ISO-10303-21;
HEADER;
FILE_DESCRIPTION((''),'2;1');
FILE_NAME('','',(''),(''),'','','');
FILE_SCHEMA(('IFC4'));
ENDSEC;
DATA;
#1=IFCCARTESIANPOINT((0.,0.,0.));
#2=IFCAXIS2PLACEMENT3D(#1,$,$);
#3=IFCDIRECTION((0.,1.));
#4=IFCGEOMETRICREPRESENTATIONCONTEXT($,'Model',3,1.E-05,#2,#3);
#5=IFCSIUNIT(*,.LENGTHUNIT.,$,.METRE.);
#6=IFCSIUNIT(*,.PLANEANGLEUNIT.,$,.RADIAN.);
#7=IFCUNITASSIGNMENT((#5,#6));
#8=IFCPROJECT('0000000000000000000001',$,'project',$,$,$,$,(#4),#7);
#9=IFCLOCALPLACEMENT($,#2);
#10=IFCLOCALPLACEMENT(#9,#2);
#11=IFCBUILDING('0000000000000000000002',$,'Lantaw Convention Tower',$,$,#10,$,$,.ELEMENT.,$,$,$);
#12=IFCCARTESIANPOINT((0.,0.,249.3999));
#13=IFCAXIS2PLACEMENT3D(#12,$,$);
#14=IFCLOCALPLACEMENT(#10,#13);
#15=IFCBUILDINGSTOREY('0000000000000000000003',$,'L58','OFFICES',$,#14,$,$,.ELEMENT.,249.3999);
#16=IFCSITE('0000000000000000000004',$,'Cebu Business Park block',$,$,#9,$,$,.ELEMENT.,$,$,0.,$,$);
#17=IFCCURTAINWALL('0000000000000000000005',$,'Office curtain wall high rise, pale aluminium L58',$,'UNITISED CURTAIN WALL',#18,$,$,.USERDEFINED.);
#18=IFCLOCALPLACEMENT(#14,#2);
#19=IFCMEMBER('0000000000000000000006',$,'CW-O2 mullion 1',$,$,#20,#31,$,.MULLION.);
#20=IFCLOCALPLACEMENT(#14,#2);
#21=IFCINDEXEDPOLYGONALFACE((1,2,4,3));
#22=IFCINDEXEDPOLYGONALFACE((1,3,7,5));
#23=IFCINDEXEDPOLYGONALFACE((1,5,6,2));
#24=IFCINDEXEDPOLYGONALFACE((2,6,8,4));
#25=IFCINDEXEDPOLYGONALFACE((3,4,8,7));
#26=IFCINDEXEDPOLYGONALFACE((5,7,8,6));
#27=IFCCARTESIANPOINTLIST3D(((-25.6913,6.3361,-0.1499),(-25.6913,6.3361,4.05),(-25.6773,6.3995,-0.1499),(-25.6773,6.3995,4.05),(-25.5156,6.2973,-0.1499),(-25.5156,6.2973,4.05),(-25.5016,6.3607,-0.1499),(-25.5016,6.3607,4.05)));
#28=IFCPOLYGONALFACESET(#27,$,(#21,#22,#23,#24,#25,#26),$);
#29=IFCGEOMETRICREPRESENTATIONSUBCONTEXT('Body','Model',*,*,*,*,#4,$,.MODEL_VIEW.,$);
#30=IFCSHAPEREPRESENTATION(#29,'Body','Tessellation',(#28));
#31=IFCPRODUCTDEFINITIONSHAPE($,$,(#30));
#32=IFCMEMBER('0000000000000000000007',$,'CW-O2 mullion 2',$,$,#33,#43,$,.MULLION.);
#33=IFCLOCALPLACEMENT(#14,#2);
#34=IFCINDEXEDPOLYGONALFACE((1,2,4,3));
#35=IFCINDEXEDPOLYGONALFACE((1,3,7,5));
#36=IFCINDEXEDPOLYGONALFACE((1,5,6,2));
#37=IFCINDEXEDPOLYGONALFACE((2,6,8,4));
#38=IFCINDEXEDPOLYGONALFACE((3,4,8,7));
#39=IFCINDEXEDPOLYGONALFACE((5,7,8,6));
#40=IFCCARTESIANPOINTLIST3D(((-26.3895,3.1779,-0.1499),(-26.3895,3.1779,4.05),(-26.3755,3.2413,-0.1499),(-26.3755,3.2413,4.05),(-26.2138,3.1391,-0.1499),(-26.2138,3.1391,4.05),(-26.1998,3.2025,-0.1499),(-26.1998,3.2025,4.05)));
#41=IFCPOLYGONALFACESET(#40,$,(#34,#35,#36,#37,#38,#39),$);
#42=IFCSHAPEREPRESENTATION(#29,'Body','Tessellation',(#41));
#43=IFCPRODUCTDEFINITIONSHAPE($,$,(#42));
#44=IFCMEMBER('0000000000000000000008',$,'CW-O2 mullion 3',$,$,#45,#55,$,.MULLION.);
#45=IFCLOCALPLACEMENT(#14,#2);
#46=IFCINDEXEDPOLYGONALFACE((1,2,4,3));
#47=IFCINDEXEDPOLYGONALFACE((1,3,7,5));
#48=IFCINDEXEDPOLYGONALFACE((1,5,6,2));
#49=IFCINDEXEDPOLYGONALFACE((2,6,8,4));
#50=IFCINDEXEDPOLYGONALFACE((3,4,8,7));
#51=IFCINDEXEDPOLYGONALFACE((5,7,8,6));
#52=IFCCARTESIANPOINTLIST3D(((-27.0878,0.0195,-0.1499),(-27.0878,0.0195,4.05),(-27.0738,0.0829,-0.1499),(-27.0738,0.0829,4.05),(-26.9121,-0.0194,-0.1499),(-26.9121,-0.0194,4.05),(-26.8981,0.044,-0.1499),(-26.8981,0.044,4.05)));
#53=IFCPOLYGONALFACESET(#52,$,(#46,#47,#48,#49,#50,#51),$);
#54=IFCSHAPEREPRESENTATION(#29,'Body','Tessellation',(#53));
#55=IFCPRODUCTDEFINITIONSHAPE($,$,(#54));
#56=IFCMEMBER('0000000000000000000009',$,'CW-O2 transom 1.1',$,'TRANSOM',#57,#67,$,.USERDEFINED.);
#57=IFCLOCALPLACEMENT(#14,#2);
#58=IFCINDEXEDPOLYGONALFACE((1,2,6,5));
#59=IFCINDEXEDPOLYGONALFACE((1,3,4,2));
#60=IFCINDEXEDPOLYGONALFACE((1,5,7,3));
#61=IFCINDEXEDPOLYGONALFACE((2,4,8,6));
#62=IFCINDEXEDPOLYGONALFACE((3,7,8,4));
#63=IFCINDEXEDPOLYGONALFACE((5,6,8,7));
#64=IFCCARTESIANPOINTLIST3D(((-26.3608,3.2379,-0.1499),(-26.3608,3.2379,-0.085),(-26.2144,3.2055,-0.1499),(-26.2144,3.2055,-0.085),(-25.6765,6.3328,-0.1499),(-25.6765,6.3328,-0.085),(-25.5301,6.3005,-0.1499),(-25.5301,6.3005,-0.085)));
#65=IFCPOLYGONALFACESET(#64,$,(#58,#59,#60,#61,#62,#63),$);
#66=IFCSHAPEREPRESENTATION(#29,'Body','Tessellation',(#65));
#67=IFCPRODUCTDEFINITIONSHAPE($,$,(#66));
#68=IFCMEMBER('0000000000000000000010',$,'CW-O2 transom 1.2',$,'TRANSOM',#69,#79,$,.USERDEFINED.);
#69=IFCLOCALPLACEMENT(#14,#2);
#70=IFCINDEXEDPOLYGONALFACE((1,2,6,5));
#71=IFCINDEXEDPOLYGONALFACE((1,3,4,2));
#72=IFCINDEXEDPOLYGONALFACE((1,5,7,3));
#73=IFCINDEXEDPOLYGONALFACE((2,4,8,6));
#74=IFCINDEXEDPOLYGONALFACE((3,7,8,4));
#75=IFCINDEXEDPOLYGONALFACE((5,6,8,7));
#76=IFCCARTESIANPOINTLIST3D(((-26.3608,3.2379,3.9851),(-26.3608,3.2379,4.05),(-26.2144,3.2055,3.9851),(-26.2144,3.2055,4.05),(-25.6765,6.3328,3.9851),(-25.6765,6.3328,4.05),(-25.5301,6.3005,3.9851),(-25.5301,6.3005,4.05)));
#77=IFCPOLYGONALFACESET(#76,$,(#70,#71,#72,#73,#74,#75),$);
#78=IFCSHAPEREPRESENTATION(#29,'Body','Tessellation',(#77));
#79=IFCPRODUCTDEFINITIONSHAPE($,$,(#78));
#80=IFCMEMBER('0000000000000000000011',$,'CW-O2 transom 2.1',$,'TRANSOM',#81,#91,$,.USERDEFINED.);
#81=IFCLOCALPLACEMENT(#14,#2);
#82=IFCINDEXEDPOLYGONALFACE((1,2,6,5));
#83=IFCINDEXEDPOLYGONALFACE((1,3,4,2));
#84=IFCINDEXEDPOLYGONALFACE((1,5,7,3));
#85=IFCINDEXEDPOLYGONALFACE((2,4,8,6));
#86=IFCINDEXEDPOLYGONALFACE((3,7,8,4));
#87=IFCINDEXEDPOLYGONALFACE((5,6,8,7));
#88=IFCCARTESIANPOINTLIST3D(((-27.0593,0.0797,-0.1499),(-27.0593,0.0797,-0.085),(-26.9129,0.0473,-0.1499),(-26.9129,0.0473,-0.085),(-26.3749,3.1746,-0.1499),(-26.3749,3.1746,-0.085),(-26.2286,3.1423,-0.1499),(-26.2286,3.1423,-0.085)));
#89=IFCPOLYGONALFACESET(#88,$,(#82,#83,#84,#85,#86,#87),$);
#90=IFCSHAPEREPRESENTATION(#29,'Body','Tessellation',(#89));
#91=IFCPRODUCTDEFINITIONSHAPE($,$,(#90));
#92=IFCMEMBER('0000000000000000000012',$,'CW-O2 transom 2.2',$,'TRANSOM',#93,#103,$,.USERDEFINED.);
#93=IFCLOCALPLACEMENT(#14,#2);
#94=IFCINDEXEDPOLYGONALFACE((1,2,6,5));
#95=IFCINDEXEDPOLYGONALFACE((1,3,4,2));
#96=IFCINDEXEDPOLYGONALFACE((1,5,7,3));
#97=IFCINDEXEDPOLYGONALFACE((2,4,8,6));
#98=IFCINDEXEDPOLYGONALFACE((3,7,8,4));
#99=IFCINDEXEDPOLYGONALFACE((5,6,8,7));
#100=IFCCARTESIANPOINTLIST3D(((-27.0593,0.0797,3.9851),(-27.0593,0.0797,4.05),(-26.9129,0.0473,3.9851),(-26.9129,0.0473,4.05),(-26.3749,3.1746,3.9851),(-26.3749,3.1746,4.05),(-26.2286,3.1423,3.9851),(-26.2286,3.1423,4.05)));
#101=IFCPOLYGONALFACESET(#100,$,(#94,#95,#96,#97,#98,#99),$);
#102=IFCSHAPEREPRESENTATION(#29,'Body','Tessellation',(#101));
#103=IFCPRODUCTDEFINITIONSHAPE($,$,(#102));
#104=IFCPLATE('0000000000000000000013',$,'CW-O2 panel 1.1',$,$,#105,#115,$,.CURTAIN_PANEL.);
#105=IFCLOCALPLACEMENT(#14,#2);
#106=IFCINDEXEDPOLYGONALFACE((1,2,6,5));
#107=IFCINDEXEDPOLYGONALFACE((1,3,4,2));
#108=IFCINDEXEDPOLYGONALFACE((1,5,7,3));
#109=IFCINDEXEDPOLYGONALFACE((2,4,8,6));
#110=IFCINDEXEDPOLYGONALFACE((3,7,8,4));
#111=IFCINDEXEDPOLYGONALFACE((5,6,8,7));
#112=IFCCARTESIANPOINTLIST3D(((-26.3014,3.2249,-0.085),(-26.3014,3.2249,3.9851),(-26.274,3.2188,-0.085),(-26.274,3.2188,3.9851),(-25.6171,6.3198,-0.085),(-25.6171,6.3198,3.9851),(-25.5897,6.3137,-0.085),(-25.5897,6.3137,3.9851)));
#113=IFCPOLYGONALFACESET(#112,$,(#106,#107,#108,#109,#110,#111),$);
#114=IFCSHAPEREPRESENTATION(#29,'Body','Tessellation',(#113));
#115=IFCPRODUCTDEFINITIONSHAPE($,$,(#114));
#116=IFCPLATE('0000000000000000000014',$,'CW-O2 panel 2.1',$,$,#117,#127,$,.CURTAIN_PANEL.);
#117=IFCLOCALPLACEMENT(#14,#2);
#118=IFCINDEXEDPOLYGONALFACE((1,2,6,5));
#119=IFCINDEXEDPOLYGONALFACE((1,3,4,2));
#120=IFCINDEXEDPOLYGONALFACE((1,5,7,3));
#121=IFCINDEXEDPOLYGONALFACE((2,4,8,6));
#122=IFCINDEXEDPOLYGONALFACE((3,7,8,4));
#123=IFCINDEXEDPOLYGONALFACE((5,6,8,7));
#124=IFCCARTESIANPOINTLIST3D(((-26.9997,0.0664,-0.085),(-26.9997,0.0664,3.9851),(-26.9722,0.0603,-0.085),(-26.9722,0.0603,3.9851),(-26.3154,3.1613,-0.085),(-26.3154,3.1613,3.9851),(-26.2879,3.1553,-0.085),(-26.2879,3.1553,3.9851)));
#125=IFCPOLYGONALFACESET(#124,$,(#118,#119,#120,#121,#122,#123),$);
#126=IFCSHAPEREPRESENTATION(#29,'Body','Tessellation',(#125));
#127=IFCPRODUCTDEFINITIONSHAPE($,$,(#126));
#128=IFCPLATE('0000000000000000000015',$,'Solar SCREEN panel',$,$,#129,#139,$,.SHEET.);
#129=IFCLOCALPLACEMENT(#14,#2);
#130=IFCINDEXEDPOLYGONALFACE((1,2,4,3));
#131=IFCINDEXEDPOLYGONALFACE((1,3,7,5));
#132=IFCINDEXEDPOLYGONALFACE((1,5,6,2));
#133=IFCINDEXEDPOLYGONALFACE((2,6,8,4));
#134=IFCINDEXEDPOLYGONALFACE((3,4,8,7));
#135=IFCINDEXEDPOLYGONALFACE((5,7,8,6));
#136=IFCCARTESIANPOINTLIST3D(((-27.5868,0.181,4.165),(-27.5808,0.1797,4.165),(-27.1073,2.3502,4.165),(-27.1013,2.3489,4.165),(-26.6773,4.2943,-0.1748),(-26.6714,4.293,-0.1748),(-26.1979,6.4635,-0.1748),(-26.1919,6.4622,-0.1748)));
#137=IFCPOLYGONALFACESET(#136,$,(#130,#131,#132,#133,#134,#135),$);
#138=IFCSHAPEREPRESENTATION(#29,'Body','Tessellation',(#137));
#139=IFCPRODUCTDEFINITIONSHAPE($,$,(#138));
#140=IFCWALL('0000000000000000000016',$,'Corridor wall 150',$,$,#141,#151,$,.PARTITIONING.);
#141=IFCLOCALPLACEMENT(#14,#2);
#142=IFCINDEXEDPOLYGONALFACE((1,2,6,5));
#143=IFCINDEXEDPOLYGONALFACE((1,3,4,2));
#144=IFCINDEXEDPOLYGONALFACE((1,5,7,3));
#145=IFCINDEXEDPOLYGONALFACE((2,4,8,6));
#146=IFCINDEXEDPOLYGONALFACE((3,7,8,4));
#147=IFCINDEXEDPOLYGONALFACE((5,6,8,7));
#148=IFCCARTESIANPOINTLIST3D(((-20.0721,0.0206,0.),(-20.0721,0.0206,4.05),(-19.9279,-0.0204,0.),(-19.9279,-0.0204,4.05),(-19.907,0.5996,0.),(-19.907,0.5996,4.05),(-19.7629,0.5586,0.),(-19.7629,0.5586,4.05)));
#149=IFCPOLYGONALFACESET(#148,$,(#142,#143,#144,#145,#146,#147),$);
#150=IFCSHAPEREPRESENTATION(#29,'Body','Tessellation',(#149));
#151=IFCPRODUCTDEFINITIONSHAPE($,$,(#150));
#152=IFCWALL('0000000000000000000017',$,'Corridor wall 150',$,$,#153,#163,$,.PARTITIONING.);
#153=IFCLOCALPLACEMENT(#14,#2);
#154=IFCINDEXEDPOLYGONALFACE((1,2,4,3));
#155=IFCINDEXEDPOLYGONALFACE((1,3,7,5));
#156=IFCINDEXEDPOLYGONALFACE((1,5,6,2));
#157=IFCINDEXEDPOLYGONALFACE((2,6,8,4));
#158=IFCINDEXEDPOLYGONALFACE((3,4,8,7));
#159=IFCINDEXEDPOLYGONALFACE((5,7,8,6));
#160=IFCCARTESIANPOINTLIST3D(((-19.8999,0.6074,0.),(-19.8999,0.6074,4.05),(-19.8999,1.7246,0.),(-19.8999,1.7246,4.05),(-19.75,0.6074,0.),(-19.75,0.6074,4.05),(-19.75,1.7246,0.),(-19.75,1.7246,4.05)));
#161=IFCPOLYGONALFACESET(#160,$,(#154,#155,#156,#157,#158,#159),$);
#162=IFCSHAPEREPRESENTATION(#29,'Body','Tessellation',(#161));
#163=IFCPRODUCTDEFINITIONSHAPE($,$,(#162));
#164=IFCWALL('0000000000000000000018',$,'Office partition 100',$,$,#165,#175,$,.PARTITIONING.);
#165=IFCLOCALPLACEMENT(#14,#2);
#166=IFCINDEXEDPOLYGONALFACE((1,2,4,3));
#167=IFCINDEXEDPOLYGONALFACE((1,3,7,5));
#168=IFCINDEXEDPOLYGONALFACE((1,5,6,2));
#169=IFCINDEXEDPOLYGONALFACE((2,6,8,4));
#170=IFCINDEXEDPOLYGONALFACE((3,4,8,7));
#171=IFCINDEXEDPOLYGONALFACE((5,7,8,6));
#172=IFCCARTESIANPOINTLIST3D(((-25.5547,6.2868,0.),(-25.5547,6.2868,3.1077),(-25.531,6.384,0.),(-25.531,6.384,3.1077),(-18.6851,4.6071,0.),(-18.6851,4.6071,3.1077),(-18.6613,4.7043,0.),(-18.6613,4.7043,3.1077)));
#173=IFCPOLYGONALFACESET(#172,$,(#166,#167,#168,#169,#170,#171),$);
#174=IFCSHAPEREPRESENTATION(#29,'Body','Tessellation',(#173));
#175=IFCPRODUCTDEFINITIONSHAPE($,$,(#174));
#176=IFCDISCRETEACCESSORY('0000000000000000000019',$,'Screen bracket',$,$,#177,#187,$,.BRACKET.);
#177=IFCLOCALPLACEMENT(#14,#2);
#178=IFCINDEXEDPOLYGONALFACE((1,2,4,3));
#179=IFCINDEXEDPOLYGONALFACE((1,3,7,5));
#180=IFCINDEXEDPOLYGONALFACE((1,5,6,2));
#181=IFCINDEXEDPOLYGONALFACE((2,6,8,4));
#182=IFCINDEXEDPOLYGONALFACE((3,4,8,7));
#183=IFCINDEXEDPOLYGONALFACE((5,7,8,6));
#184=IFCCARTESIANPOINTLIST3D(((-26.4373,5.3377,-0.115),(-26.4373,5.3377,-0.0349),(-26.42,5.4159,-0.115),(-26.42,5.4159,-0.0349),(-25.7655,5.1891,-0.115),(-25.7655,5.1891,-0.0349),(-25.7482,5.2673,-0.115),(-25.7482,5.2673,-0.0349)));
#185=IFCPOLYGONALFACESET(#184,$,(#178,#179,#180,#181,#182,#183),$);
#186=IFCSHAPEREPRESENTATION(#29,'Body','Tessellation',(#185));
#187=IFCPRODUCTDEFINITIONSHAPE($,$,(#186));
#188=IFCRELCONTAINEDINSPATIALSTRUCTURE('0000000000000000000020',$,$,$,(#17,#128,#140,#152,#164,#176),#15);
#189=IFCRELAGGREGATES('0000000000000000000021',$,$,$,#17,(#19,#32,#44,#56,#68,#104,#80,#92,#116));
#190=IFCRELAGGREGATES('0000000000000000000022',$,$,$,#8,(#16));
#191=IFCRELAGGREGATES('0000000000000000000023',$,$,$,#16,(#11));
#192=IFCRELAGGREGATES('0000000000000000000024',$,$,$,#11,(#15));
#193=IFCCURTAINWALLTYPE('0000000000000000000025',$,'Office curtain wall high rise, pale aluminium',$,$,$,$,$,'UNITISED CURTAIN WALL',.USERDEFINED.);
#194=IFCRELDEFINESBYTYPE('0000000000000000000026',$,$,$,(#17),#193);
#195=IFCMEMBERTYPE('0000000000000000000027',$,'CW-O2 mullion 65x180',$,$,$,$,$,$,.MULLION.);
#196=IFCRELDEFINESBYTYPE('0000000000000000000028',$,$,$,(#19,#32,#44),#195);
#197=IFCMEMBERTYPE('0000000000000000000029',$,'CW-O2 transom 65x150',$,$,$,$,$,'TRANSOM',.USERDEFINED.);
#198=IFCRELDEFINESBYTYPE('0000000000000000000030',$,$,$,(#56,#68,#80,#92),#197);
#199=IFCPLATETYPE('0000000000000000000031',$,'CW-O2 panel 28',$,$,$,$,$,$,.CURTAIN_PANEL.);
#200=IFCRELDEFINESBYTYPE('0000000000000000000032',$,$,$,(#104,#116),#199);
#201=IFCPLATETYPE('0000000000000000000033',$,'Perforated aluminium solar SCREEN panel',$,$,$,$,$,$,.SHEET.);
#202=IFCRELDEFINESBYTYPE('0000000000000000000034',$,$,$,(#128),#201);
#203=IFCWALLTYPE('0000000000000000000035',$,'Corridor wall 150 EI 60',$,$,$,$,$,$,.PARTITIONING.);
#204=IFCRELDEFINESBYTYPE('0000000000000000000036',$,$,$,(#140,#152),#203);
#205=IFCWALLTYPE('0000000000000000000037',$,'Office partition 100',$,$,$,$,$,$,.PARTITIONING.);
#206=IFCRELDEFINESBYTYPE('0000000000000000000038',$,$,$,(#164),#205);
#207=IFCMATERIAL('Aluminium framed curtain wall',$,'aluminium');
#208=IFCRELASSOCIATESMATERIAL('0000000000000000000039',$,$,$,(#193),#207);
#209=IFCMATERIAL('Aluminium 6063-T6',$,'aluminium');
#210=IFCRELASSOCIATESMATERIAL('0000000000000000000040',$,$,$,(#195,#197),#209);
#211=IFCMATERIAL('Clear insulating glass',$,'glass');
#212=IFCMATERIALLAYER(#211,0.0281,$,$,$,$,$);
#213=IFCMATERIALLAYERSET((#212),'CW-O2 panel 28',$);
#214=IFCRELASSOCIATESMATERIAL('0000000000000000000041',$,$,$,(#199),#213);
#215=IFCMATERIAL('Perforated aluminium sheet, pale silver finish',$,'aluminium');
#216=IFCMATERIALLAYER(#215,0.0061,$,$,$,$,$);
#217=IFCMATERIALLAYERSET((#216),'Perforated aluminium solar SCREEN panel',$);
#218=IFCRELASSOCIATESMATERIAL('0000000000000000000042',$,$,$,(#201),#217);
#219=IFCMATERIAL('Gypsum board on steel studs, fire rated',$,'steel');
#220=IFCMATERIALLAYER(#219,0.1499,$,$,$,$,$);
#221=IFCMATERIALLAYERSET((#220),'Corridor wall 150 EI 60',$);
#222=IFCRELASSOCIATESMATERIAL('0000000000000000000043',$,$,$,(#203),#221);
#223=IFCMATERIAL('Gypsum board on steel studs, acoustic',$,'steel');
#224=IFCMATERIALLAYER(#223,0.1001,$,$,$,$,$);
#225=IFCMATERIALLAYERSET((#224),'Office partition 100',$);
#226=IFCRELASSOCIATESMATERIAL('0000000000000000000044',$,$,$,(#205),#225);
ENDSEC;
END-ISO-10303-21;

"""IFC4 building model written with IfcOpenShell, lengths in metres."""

from ifc_helpers import new_model, si_unit, direction, frame, frame_2d, origin, origin_2d, place, context, subcontext, project, spatial, polyline, rectangle, outline, extrude, material, layer, layer_set, material_profile, profile_set, type_object, element, aggregate, save


model = new_model("IFC4")

# Units and contexts
model_context = context("Model", 3, precision=1e-05, world=origin(), true_north=direction((0.0, 1.0)))
body_context = subcontext(model_context, "Body", "Model", "MODEL_VIEW")
ifc_project = project(units=[si_unit("LENGTHUNIT", "METRE"), si_unit("PLANEANGLEUNIT", "RADIAN")], contexts=[model_context])

# Site, building, storey
site_placement = place(None, origin())
site = spatial("IfcSite", under=ifc_project, at=site_placement, Name="Cebu Business Park block", CompositionType="ELEMENT", RefElevation=0.0)
building_placement = place(site_placement, origin())
building = spatial("IfcBuilding", under=site, at=building_placement, Name="Lantaw Convention Tower", CompositionType="ELEMENT")
storey_placement = place(building_placement, frame((0.0, 0.0, 249.3999)))
storey = spatial("IfcBuildingStorey", under=building, at=storey_placement, Name="L58", Description="OFFICES", CompositionType="ELEMENT", Elevation=249.3999)

# Shared definitions
ifc_material_1 = material(Name="Aluminium framed curtain wall", Category="aluminium")
curtain_wall_type = type_object("IfcCurtainWallType", Name="Office curtain wall high rise, pale aluminium", ElementType="UNITISED CURTAIN WALL", PredefinedType="USERDEFINED", material=ifc_material_1)
ifc_material_2 = material(Name="Aluminium 6063-T6", Category="aluminium")
ifc_material_profile_1 = material_profile(ifc_material_2, rectangle(XDim=0.1799, YDim=0.0649, at=origin_2d()), Name="CW-O2 mullion 65x180")
ifc_profile_set_1 = profile_set([ifc_material_profile_1], Name="Aluminium 6063-T6")
member_type_1 = type_object("IfcMemberType", Name="CW-O2 mullion 65x180", PredefinedType="MULLION", material=ifc_profile_set_1)

# Curtain wall, members, plates
curtain_wall_1_placement = place(storey_placement, origin())
curtain_wall_1 = element("IfcCurtainWall", 1, at=curtain_wall_1_placement, inside=storey, type_object=curtain_wall_type, Name="Office curtain wall high rise, pale aluminium L58", ObjectType="UNITISED CURTAIN WALL", PredefinedType="USERDEFINED")
member_1_placement = place(storey_placement, frame((-25.5964, 6.3484, -0.1499), z_axis=(0.0, 0.0, 1.0), x_axis=(0.976417, -0.215891, 0.0)))
member_1 = element("IfcMember", 2, at=member_1_placement, type_object=member_type_1, Name="CW-O2 mullion 1", PredefinedType="MULLION", context=body_context, shape_type="SweptSolid", body=[
    extrude(rectangle(XDim=0.1799, YDim=0.0649, at=origin_2d()), origin(), (0.0, 0.0, 1.0), 4.2),
])
member_2_placement = place(storey_placement, frame((-26.2947, 3.1902, -0.1499), z_axis=(0.0, 0.0, 1.0), x_axis=(0.976417, -0.215891, 0.0)))
member_2 = element("IfcMember", 3, at=member_2_placement, type_object=member_type_1, Name="CW-O2 mullion 2", PredefinedType="MULLION", context=body_context, shape_type="SweptSolid", body=[
    extrude(rectangle(XDim=0.1799, YDim=0.0649, at=origin_2d()), origin(), (0.0, 0.0, 1.0), 4.2),
])
member_3_placement = place(storey_placement, frame((-26.9929, 0.0317, -0.1499), z_axis=(0.0, 0.0, 1.0), x_axis=(0.976417, -0.215891, 0.0)))
member_3 = element("IfcMember", 4, at=member_3_placement, type_object=member_type_1, Name="CW-O2 mullion 3", PredefinedType="MULLION", context=body_context, shape_type="SweptSolid", body=[
    extrude(rectangle(XDim=0.1799, YDim=0.0649, at=origin_2d()), origin(), (0.0, 0.0, 1.0), 4.2),
])
ifc_material_profile_2 = material_profile(ifc_material_2, rectangle(XDim=0.1499, YDim=0.0649, at=origin_2d()), Name="CW-O2 transom 65x150")
ifc_profile_set_2 = profile_set([ifc_material_profile_2], Name="Aluminium 6063-T6")
member_type_2 = type_object("IfcMemberType", Name="CW-O2 transom 65x150", ElementType="TRANSOM", PredefinedType="USERDEFINED", material=ifc_profile_set_2)
member_4_placement = place(storey_placement, frame((-25.6033, 6.3167, -0.1174), z_axis=(-0.215895, -0.976417, 0.0), x_axis=(0.976417, -0.215895, 0.0)))
member_4 = element("IfcMember", 5, at=member_4_placement, type_object=member_type_2, Name="CW-O2 transom 1.1", ObjectType="TRANSOM", PredefinedType="USERDEFINED", context=body_context, shape_type="SweptSolid", body=[
    extrude(rectangle(XDim=0.1499, YDim=0.0649, at=origin_2d()), origin(), (0.0, 0.0, 1.0), 3.1697),
])
member_5_placement = place(storey_placement, frame((-25.6033, 6.3167, 4.0176), z_axis=(-0.215895, -0.976417, 0.0), x_axis=(0.976417, -0.215895, 0.0)))
member_5 = element("IfcMember", 6, at=member_5_placement, type_object=member_type_2, Name="CW-O2 transom 1.2", ObjectType="TRANSOM", PredefinedType="USERDEFINED", context=body_context, shape_type="SweptSolid", body=[
    extrude(rectangle(XDim=0.1499, YDim=0.0649, at=origin_2d()), origin(), (0.0, 0.0, 1.0), 3.1697),
])
member_6_placement = place(storey_placement, frame((-26.3018, 3.1584, -0.1174), z_axis=(-0.215895, -0.976417, 0.0), x_axis=(0.976417, -0.215895, 0.0)))
member_6 = element("IfcMember", 7, at=member_6_placement, type_object=member_type_2, Name="CW-O2 transom 2.1", ObjectType="TRANSOM", PredefinedType="USERDEFINED", context=body_context, shape_type="SweptSolid", body=[
    extrude(rectangle(XDim=0.1499, YDim=0.0649, at=origin_2d()), origin(), (0.0, 0.0, 1.0), 3.1697),
])
member_7_placement = place(storey_placement, frame((-26.3018, 3.1584, 4.0176), z_axis=(-0.215895, -0.976417, 0.0), x_axis=(0.976417, -0.215895, 0.0)))
member_7 = element("IfcMember", 8, at=member_7_placement, type_object=member_type_2, Name="CW-O2 transom 2.2", ObjectType="TRANSOM", PredefinedType="USERDEFINED", context=body_context, shape_type="SweptSolid", body=[
    extrude(rectangle(XDim=0.1499, YDim=0.0649, at=origin_2d()), origin(), (0.0, 0.0, 1.0), 3.1697),
])
ifc_material_3 = material(Name="Clear insulating glass", Category="glass")
ifc_layer_1 = layer(ifc_material_3, 0.0281)
ifc_layer_set_1 = layer_set([ifc_layer_1], Name="CW-O2 panel 28")
plate_type_1 = type_object("IfcPlateType", Name="CW-O2 panel 28", PredefinedType="CURTAIN_PANEL", material=ifc_layer_set_1)
plate_1_placement = place(storey_placement, frame((-25.9456, 4.7693, -0.085), z_axis=(0.0, 0.0, 1.0), x_axis=(-0.215891, -0.976417, 0.0)))
plate_1 = element("IfcPlate", 9, at=plate_1_placement, type_object=plate_type_1, Name="CW-O2 panel 1.1", PredefinedType="CURTAIN_PANEL", context=body_context, shape_type="SweptSolid", body=[
    extrude(rectangle(XDim=3.1697, YDim=0.0281, at=origin_2d()), origin(), (0.0, 0.0, 1.0), 4.0701),
])
plate_2_placement = place(storey_placement, frame((-26.6438, 1.6108, -0.085), z_axis=(0.0, 0.0, 1.0), x_axis=(-0.215891, -0.976417, 0.0)))
plate_2 = element("IfcPlate", 10, at=plate_2_placement, type_object=plate_type_1, Name="CW-O2 panel 2.1", PredefinedType="CURTAIN_PANEL", context=body_context, shape_type="SweptSolid", body=[
    extrude(rectangle(XDim=3.1697, YDim=0.0281, at=origin_2d()), origin(), (0.0, 0.0, 1.0), 4.0701),
])
aggregate(curtain_wall_1, [member_1, member_2, member_3, member_4, member_5, plate_1, member_6, member_7, plate_2])

# Plate
ifc_material_4 = material(Name="Perforated aluminium sheet, pale silver finish", Category="aluminium")
ifc_layer_2 = layer(ifc_material_4, 0.0061)
ifc_layer_set_2 = layer_set([ifc_layer_2], Name="Perforated aluminium solar SCREEN panel")
plate_type_2 = type_object("IfcPlateType", Name="Perforated aluminium solar SCREEN panel", PredefinedType="SHEET", material=ifc_layer_set_2)
plate_3_placement = place(storey_placement, frame((-26.1919, 6.4622, -0.1748), z_axis=(0.97643, -0.215837, 0.000044), x_axis=(-0.215837, -0.97643, 0.0)))
element("IfcPlate", 11, at=plate_3_placement, inside=storey, type_object=plate_type_2, Name="Solar SCREEN panel", PredefinedType="SHEET", context=body_context, shape_type="SweptSolid", body=[
    extrude(outline(polyline([(0.0, 0.0), (2.2216, 0.0), (6.4342, -4.3398), (4.2126, -4.3398), (0.0, 0.0)])), origin(), (0.0, 0.0, -1.0), 0.0061),
])

# Walls
ifc_material_5 = material(Name="Gypsum board on steel studs, fire rated", Category="steel")
ifc_layer_3 = layer(ifc_material_5, 0.1499)
ifc_layer_set_3 = layer_set([ifc_layer_3], Name="Corridor wall 150 EI 60")
wall_type_1 = type_object("IfcWallType", Name="Corridor wall 150 EI 60", PredefinedType="PARTITIONING", material=ifc_layer_set_3)
wall_1_placement = place(storey_placement, frame((-19.835, 0.5791, 0.0), z_axis=(0.0, 0.0, 1.0), x_axis=(-0.274078, -0.961707, 0.0)))
element("IfcWall", 12, at=wall_1_placement, inside=storey, type_object=wall_type_1, Name="Corridor wall 150", PredefinedType="PARTITIONING", context=body_context, shape_type="SweptSolid", body=[
    extrude(rectangle(XDim=0.6021, YDim=0.1499, at=frame_2d((0.301, 0.0))), origin(), (0.0, 0.0, 1.0), 4.05),
])
wall_2_placement = place(storey_placement, frame((-19.825, 0.6074, 0.0), z_axis=(0.0, 0.0, 1.0), x_axis=(0.0, 1.0, 0.0)))
element("IfcWall", 13, at=wall_2_placement, inside=storey, type_object=wall_type_1, Name="Corridor wall 150", PredefinedType="PARTITIONING", context=body_context, shape_type="SweptSolid", body=[
    extrude(rectangle(XDim=1.1172, YDim=0.1499, at=frame_2d((0.5586, 0.0))), origin(), (0.0, 0.0, 1.0), 4.05),
])
ifc_material_6 = material(Name="Gypsum board on steel studs, acoustic", Category="steel")
ifc_layer_4 = layer(ifc_material_6, 0.1001)
ifc_layer_set_4 = layer_set([ifc_layer_4], Name="Office partition 100")
wall_type_2 = type_object("IfcWallType", Name="Office partition 100", PredefinedType="PARTITIONING", material=ifc_layer_set_4)
wall_3_placement = place(storey_placement, frame((-25.543, 6.3354, 0.0), z_axis=(0.0, 0.0, 1.0), x_axis=(0.971384, -0.237512, 0.0)))
element("IfcWall", 14, at=wall_3_placement, inside=storey, type_object=wall_type_2, Name="Office partition 100", PredefinedType="PARTITIONING", context=body_context, shape_type="SweptSolid", body=[
    extrude(rectangle(XDim=7.072, YDim=0.1001, at=frame_2d((3.5361, 0.0))), origin(), (0.0, 0.0, 1.0), 3.1077),
])

# Discrete accessory
discrete_accessory_placement = place(storey_placement, frame((-26.0928, 5.3025, -0.115), z_axis=(0.0, 0.0, 1.0), x_axis=(-0.215891, -0.976417, 0.0)))
element("IfcDiscreteAccessory", 15, at=discrete_accessory_placement, inside=storey, Name="Screen bracket", PredefinedType="BRACKET", context=body_context, shape_type="SweptSolid", body=[
    extrude(rectangle(XDim=0.0801, YDim=0.688, at=origin_2d()), origin(), (0.0, 0.0, 1.0), 0.0801),
])

save(model, "model.ifc")
